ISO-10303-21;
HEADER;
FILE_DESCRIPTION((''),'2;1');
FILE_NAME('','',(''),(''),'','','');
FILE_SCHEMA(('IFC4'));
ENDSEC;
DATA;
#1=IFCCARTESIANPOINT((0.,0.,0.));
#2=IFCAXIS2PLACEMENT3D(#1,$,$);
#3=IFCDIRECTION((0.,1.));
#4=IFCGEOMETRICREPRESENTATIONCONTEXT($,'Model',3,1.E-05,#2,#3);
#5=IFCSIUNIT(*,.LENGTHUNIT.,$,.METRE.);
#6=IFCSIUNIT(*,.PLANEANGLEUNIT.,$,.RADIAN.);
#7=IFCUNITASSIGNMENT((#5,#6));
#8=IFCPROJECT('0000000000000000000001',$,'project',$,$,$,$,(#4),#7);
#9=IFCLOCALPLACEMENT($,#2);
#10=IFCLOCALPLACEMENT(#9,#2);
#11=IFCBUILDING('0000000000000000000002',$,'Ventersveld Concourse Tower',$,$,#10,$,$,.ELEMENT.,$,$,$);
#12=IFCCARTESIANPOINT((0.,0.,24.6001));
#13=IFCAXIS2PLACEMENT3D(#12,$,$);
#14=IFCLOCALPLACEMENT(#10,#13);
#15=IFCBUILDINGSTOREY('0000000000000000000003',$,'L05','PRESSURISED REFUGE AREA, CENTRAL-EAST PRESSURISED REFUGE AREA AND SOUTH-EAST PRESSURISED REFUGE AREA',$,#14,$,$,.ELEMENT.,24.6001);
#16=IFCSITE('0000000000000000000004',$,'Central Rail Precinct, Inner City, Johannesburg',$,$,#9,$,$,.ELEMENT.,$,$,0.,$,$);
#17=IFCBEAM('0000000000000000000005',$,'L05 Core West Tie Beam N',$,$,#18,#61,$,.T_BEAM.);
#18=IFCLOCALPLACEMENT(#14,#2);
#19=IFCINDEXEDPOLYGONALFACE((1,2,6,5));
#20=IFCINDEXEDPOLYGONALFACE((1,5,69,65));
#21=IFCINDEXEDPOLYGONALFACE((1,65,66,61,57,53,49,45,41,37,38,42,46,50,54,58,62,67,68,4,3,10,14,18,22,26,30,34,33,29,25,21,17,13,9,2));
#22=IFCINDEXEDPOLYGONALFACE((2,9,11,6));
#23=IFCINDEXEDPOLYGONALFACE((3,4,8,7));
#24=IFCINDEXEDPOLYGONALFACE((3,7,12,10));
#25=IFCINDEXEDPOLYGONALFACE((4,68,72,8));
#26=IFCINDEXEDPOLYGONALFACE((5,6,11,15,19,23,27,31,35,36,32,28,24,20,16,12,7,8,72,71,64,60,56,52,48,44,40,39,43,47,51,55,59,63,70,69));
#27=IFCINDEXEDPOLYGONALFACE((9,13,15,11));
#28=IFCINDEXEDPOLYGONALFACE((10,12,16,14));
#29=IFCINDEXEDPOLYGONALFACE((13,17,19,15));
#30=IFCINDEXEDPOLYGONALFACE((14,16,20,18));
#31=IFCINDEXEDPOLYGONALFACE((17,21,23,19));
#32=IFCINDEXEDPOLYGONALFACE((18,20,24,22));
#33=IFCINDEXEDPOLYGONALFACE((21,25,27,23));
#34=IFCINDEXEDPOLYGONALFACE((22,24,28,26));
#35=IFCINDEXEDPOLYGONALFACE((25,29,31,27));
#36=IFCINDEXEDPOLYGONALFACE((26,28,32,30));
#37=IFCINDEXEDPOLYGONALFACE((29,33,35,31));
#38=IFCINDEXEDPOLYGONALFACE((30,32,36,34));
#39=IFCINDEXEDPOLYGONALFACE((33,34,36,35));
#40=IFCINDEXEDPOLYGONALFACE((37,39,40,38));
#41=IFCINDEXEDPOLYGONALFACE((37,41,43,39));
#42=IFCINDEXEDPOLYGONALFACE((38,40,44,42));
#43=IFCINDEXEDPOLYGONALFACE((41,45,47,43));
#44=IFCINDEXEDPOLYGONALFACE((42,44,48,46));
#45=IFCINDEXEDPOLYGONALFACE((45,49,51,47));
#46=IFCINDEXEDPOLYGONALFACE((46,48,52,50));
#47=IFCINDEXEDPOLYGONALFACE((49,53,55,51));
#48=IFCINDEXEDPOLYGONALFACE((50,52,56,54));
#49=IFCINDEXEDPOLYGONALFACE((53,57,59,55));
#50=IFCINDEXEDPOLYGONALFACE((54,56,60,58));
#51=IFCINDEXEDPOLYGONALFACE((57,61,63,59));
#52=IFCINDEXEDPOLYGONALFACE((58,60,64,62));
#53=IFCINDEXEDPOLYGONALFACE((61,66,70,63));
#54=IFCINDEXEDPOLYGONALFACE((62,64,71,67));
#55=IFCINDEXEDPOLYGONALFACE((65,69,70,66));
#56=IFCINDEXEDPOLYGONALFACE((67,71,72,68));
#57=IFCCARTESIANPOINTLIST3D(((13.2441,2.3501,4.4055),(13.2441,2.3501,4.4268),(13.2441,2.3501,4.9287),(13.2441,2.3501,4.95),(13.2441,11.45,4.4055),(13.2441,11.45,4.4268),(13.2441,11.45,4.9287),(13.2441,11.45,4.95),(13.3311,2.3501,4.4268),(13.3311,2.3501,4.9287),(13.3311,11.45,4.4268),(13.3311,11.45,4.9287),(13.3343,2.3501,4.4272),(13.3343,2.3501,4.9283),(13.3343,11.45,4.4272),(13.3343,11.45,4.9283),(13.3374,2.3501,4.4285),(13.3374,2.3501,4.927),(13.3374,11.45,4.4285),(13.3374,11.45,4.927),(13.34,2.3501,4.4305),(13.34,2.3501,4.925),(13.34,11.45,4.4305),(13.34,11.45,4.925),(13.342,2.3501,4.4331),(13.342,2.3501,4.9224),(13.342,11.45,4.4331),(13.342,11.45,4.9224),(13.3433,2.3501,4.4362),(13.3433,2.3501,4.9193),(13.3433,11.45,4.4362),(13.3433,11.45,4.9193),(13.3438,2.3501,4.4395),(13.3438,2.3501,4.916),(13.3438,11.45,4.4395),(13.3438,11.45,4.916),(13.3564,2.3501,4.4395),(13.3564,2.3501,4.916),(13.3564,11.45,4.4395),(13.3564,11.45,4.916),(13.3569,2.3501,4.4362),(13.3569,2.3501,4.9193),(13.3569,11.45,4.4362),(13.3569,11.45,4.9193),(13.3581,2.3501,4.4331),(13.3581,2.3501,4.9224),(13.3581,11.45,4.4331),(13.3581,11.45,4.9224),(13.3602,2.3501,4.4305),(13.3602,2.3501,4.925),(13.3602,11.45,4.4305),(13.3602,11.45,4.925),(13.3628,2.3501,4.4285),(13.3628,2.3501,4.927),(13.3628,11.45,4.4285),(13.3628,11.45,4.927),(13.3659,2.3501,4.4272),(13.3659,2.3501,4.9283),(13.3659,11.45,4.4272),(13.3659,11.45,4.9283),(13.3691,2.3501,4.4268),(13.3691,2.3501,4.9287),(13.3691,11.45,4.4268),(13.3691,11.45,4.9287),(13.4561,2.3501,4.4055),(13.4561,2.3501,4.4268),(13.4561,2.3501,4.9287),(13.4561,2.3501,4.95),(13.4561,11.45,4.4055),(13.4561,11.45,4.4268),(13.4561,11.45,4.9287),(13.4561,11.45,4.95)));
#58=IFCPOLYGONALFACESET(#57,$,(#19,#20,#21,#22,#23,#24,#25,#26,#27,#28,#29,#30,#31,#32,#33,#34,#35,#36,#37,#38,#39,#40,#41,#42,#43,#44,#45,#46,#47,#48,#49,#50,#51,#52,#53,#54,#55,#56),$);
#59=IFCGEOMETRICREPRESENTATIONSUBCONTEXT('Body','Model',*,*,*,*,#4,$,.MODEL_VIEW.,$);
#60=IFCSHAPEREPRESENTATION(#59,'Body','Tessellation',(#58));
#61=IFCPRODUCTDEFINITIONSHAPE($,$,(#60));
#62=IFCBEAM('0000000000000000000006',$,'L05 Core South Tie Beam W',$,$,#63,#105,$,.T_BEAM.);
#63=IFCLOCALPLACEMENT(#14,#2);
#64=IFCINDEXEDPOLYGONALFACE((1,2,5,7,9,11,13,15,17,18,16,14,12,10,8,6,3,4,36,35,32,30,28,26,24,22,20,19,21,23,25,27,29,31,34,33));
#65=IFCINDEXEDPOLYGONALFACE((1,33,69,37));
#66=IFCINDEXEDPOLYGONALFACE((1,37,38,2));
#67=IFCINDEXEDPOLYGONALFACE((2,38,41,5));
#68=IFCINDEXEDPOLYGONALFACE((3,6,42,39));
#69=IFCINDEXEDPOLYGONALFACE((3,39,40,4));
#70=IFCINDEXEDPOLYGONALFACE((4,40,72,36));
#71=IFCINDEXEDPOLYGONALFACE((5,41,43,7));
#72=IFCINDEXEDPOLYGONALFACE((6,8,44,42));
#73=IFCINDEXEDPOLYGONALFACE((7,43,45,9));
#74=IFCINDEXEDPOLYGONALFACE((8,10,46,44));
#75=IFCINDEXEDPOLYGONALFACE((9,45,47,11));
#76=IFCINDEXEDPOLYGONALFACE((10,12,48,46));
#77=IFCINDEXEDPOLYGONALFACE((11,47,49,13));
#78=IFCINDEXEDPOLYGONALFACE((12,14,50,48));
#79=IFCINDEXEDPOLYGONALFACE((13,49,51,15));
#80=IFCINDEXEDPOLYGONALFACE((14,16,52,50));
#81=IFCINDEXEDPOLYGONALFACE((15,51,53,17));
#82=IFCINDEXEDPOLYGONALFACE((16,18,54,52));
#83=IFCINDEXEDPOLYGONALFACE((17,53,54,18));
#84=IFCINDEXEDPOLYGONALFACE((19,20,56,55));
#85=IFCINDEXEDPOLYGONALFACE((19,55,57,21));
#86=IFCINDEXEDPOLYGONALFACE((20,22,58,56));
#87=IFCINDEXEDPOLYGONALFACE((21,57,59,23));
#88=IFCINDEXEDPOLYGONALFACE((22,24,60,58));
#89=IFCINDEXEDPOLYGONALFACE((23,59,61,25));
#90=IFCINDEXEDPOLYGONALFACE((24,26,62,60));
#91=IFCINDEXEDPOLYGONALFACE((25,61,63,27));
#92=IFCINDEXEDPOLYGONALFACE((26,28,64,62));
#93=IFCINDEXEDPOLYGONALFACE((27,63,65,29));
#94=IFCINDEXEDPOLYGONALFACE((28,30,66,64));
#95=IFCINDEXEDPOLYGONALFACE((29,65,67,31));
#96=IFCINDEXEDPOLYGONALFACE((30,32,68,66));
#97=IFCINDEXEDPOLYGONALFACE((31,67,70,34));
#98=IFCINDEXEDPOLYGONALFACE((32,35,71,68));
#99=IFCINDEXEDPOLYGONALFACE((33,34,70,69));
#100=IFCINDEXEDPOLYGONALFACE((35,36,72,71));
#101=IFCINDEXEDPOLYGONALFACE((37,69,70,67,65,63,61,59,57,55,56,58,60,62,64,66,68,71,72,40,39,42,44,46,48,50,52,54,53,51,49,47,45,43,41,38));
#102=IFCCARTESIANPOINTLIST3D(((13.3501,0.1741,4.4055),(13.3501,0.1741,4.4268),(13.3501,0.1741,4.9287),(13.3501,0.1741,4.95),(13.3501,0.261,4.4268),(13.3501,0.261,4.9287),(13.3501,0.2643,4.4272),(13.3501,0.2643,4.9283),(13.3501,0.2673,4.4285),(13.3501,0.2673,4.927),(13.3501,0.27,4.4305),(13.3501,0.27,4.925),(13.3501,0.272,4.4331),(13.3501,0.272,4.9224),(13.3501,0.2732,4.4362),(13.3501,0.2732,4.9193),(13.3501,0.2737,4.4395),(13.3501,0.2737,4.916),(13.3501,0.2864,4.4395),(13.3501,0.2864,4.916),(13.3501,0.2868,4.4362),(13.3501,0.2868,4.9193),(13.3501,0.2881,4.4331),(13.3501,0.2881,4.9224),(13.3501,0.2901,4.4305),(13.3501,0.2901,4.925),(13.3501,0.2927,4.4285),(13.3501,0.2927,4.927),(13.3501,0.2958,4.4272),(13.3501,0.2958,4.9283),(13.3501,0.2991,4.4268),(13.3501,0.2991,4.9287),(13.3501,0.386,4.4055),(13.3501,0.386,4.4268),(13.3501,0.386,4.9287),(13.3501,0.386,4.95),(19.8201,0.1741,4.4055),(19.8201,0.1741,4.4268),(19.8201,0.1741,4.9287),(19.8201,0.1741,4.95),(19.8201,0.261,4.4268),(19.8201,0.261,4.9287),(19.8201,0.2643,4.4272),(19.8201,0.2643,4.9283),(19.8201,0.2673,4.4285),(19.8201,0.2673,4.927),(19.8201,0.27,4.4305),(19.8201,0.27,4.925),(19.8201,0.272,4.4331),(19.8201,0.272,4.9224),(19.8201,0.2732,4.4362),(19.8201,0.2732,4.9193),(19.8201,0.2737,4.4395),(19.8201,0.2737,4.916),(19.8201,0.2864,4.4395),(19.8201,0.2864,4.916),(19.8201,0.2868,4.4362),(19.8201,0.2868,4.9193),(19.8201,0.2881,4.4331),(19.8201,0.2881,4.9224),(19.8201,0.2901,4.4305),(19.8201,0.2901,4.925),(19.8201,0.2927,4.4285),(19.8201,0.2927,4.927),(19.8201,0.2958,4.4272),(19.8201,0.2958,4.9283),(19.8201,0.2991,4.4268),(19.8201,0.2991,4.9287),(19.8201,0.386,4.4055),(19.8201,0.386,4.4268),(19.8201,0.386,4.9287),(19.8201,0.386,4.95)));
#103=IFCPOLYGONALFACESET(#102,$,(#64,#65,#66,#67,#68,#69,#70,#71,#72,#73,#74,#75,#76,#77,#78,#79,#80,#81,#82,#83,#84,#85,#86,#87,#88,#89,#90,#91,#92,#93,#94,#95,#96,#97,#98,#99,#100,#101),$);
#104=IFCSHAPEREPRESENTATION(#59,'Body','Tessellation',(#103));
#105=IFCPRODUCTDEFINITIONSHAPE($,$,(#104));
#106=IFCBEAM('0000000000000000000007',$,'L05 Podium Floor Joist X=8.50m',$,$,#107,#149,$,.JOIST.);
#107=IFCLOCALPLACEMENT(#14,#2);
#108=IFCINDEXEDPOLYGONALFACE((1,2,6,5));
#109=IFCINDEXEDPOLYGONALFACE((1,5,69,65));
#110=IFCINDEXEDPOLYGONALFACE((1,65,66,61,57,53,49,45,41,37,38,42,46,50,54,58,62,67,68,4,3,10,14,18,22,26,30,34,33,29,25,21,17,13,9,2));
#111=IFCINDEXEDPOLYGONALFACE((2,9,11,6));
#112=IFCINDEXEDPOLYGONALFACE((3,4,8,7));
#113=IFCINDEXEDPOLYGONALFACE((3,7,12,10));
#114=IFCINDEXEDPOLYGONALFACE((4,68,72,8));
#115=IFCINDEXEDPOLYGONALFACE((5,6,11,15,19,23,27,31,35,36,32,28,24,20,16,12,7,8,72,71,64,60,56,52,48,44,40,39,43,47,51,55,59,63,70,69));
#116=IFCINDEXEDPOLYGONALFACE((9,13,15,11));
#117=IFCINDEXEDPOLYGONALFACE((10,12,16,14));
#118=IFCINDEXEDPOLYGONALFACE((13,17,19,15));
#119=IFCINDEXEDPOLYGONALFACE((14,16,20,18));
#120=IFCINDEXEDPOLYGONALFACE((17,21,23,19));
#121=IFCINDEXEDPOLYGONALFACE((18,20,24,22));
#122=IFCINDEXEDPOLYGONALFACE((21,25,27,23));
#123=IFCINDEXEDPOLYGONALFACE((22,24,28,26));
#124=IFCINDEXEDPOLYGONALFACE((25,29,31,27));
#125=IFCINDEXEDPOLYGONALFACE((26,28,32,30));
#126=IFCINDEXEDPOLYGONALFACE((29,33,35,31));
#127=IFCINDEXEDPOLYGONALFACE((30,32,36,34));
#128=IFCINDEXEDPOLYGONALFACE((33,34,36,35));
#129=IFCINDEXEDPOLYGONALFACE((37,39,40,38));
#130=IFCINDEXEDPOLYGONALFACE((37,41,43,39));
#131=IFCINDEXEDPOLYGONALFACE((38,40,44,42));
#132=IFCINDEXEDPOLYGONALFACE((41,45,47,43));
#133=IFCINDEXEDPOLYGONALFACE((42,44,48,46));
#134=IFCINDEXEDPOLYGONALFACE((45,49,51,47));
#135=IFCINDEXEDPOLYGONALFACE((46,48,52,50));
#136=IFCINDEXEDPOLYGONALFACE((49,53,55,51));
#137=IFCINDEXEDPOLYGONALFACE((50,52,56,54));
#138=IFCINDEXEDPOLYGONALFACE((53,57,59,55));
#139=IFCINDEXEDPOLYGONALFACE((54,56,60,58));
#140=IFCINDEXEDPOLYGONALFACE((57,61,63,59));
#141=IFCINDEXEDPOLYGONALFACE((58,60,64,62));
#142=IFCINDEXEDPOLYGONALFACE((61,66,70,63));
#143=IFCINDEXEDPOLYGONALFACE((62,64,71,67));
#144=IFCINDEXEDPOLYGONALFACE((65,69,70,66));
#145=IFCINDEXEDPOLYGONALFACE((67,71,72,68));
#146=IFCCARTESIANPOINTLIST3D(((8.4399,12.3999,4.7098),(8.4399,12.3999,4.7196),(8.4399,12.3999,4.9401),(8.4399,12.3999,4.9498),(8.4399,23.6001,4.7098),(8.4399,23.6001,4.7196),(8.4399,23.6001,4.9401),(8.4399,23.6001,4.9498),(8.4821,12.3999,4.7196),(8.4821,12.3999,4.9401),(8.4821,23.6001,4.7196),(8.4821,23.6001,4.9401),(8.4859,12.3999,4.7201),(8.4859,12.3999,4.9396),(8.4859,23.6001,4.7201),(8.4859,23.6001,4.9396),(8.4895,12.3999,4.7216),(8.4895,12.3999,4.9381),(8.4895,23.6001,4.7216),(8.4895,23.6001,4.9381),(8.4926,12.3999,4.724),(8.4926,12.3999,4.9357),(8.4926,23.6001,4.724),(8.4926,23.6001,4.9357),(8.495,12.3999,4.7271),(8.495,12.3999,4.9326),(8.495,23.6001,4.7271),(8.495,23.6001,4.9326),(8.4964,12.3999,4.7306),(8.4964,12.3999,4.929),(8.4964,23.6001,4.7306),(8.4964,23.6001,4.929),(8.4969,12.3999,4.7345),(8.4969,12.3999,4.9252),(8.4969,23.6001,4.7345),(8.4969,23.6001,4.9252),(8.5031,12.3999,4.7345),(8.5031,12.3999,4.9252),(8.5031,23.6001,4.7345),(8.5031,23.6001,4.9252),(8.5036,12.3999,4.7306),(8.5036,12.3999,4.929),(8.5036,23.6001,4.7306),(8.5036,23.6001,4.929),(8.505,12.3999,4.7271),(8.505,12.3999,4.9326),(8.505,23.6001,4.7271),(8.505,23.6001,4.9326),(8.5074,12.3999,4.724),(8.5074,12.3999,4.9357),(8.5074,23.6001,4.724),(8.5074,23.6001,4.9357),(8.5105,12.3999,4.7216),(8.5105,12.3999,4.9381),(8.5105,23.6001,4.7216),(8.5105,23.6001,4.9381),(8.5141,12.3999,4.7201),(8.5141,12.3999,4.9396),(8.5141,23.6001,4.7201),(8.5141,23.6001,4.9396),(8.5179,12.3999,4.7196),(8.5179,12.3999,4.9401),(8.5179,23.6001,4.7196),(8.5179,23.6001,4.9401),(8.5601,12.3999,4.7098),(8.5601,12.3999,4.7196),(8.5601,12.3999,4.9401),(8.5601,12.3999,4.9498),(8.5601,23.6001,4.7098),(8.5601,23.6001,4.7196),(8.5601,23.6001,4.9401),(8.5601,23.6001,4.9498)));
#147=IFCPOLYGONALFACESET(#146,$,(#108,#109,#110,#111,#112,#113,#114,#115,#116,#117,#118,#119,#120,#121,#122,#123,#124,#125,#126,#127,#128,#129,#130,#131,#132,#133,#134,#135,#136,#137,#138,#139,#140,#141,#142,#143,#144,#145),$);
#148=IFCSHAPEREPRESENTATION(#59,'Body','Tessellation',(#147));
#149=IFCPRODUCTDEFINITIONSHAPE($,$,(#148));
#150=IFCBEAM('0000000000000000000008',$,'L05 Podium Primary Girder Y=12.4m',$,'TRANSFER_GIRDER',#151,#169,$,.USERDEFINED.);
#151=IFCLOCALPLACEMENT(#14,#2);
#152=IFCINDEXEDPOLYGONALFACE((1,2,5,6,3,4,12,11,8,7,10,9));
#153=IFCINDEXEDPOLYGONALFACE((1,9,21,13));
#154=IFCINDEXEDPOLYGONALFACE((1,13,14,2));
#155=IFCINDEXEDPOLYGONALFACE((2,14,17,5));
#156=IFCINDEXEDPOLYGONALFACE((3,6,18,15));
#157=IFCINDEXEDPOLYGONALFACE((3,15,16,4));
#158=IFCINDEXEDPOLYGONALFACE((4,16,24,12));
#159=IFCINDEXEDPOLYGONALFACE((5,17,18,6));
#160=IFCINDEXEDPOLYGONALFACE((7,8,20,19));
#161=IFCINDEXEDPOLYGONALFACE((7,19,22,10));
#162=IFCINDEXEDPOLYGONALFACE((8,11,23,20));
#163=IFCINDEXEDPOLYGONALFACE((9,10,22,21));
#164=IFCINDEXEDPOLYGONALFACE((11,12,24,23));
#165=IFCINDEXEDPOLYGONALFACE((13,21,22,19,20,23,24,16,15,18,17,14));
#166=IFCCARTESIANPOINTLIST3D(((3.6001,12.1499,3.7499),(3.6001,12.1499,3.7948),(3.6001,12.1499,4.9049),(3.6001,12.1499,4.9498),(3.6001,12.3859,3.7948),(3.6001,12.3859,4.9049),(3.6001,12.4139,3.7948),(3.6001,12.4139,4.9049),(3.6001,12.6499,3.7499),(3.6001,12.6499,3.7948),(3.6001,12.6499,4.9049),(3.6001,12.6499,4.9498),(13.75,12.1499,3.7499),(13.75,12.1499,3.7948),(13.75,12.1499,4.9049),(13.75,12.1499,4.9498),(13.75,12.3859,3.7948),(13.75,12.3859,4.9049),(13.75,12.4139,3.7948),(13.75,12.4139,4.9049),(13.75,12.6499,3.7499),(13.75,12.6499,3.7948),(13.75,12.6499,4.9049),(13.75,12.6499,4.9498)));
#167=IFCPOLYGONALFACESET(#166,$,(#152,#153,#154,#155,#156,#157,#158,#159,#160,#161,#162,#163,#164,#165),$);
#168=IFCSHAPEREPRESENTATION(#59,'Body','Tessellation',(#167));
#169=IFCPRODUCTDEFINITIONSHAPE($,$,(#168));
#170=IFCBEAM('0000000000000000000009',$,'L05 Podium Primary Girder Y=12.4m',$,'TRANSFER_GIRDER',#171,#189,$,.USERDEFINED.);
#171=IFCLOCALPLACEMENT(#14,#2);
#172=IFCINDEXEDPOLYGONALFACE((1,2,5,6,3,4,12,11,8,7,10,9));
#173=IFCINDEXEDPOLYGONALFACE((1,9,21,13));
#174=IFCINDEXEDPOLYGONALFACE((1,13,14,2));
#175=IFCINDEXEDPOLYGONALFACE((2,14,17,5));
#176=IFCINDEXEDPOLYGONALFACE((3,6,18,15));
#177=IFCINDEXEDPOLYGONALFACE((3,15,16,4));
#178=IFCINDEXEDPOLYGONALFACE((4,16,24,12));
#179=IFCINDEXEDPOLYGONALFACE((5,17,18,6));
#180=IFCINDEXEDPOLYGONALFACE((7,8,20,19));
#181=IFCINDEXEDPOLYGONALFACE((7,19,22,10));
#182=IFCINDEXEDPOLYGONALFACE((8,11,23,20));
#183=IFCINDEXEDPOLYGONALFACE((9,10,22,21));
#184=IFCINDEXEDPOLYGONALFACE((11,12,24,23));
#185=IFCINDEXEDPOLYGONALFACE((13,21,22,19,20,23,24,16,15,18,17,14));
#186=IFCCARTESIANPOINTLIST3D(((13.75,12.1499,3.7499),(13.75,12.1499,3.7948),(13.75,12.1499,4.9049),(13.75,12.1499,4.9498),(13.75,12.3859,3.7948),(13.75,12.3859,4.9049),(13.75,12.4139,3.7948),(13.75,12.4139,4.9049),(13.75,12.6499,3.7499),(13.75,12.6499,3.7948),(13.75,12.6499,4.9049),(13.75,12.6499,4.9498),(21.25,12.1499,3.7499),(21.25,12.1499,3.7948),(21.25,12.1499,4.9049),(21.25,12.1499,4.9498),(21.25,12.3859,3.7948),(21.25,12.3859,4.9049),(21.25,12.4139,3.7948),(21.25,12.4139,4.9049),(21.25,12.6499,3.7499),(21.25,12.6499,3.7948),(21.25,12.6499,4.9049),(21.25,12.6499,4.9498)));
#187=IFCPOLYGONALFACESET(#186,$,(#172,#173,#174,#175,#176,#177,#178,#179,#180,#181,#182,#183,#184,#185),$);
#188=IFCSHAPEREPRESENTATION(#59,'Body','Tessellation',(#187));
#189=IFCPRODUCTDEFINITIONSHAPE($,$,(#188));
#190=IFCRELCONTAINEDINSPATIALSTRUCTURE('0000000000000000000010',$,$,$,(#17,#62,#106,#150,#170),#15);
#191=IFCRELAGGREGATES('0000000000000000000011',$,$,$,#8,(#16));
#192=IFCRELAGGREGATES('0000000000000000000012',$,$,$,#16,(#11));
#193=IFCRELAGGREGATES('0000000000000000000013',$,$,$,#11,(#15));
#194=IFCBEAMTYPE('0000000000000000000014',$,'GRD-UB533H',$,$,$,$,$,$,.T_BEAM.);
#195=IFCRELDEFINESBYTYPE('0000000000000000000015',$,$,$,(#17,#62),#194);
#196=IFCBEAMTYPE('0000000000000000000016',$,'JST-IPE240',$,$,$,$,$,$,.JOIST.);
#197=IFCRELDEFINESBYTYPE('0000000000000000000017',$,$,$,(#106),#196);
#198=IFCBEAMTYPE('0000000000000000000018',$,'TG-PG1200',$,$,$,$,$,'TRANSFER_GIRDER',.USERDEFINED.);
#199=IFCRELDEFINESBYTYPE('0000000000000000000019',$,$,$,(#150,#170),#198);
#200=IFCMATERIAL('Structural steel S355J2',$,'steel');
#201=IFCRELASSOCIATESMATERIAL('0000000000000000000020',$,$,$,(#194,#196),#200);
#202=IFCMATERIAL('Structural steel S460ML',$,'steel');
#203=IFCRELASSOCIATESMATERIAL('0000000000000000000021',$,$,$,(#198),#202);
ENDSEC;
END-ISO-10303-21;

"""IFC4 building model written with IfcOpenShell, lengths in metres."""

from ifc_helpers import new_model, si_unit, direction, frame, origin, origin_2d, place, context, subcontext, project, spatial, i_section, extrude, material, material_profile, profile_set, type_object, element, save


model = new_model("IFC4")

# Units and contexts
model_context = context("Model", 3, precision=1e-05, world=origin(), true_north=direction((0.0, 1.0)))
body_context = subcontext(model_context, "Body", "Model", "MODEL_VIEW")
ifc_project = project(units=[si_unit("LENGTHUNIT", "METRE"), si_unit("PLANEANGLEUNIT", "RADIAN")], contexts=[model_context])

# Site, building, storey
site_placement = place(None, origin())
site = spatial("IfcSite", under=ifc_project, at=site_placement, Name="Central Rail Precinct, Inner City, Johannesburg", CompositionType="ELEMENT", RefElevation=0.0)
building_placement = place(site_placement, origin())
building = spatial("IfcBuilding", under=site, at=building_placement, Name="Ventersveld Concourse Tower", CompositionType="ELEMENT")
storey_placement = place(building_placement, frame((0.0, 0.0, 24.6001)))
storey = spatial("IfcBuildingStorey", under=building, at=storey_placement, Name="L05", Description="PRESSURISED REFUGE AREA, CENTRAL-EAST PRESSURISED REFUGE AREA AND SOUTH-EAST PRESSURISED REFUGE AREA", CompositionType="ELEMENT", Elevation=24.6001)

# Shared definitions
ifc_material_1 = material(Name="Structural steel S460ML", Category="steel")

# Beams
ifc_material_2 = material(Name="Structural steel S355J2", Category="steel")
ifc_material_profile_1 = material_profile(ifc_material_2, i_section(OverallWidth=0.2119, OverallDepth=0.5444, WebThickness=0.0127, FlangeThickness=0.0212, FilletRadius=0.0127, at=origin_2d()), Name="UB 533x210x122")
ifc_profile_set_1 = profile_set([ifc_material_profile_1], Name="Structural steel S355J2")
beam_type_1 = type_object("IfcBeamType", Name="GRD-UB533H", PredefinedType="T_BEAM", material=ifc_profile_set_1)
beam_1_placement = place(storey_placement, frame((13.3501, 2.3501, 4.6777), z_axis=(0.0, 1.0, 0.0), x_axis=(-1.0, 0.0, 0.0)))
element("IfcBeam", 1, at=beam_1_placement, inside=storey, type_object=beam_type_1, Name="L05 Core West Tie Beam N", PredefinedType="T_BEAM", context=body_context, shape_type="SweptSolid", body=[
    extrude(i_section(OverallWidth=0.2119, OverallDepth=0.5444, WebThickness=0.0127, FlangeThickness=0.0212, FilletRadius=0.0127, at=origin_2d()), origin(), (0.0, 0.0, 1.0), 9.0999),
])
beam_2_placement = place(storey_placement, frame((13.3501, 0.28, 4.6777), z_axis=(1.0, 0.0, 0.0), x_axis=(0.0, 1.0, 0.0)))
element("IfcBeam", 2, at=beam_2_placement, inside=storey, type_object=beam_type_1, Name="L05 Core South Tie Beam W", PredefinedType="T_BEAM", context=body_context, shape_type="SweptSolid", body=[
    extrude(i_section(OverallWidth=0.2119, OverallDepth=0.5444, WebThickness=0.0127, FlangeThickness=0.0212, FilletRadius=0.0127, at=origin_2d()), origin(), (0.0, 0.0, 1.0), 6.47),
])
ifc_material_profile_2 = material_profile(ifc_material_2, i_section(OverallWidth=0.1201, OverallDepth=0.24, WebThickness=0.0061, FlangeThickness=0.0098, FilletRadius=0.0149, at=origin_2d()), Name="IPE 240")
ifc_profile_set_2 = profile_set([ifc_material_profile_2], Name="Structural steel S355J2")
beam_type_2 = type_object("IfcBeamType", Name="JST-IPE240", PredefinedType="JOIST", material=ifc_profile_set_2)
beam_3_placement = place(storey_placement, frame((8.5, 12.3999, 4.8298), z_axis=(0.0, 1.0, 0.0), x_axis=(-1.0, 0.0, 0.0)))
element("IfcBeam", 3, at=beam_3_placement, inside=storey, type_object=beam_type_2, Name="L05 Podium Floor Joist X=8.50m", PredefinedType="JOIST", context=body_context, shape_type="SweptSolid", body=[
    extrude(i_section(OverallWidth=0.1201, OverallDepth=0.24, WebThickness=0.0061, FlangeThickness=0.0098, FilletRadius=0.0149, at=origin_2d()), origin(), (0.0, 0.0, 1.0), 11.2002),
])
ifc_material_profile_3 = material_profile(ifc_material_1, i_section(OverallWidth=0.5, OverallDepth=1.2, WebThickness=0.0281, FlangeThickness=0.0449, at=origin_2d()), Name="PG 1200x500x45")
ifc_profile_set_3 = profile_set([ifc_material_profile_3], Name="Structural steel S460ML")
beam_type_3 = type_object("IfcBeamType", Name="TG-PG1200", ElementType="TRANSFER_GIRDER", PredefinedType="USERDEFINED", material=ifc_profile_set_3)
beam_4_placement = place(storey_placement, frame((3.6001, 12.3999, 4.3499), z_axis=(1.0, 0.0, 0.0), x_axis=(0.0, 1.0, 0.0)))
element("IfcBeam", 4, at=beam_4_placement, inside=storey, type_object=beam_type_3, Name="L05 Podium Primary Girder Y=12.4m", ObjectType="TRANSFER_GIRDER", PredefinedType="USERDEFINED", context=body_context, shape_type="SweptSolid", body=[
    extrude(i_section(OverallWidth=0.5, OverallDepth=1.2, WebThickness=0.0281, FlangeThickness=0.0449, at=origin_2d()), origin(), (0.0, 0.0, 1.0), 10.1499),
])
beam_5_placement = place(storey_placement, frame((13.75, 12.3999, 4.3499), z_axis=(1.0, 0.0, 0.0), x_axis=(0.0, 1.0, 0.0)))
element("IfcBeam", 5, at=beam_5_placement, inside=storey, type_object=beam_type_3, Name="L05 Podium Primary Girder Y=12.4m", ObjectType="TRANSFER_GIRDER", PredefinedType="USERDEFINED", context=body_context, shape_type="SweptSolid", body=[
    extrude(i_section(OverallWidth=0.5, OverallDepth=1.2, WebThickness=0.0281, FlangeThickness=0.0449, at=origin_2d()), origin(), (0.0, 0.0, 1.0), 7.5),
])

save(model, "model.ifc")
